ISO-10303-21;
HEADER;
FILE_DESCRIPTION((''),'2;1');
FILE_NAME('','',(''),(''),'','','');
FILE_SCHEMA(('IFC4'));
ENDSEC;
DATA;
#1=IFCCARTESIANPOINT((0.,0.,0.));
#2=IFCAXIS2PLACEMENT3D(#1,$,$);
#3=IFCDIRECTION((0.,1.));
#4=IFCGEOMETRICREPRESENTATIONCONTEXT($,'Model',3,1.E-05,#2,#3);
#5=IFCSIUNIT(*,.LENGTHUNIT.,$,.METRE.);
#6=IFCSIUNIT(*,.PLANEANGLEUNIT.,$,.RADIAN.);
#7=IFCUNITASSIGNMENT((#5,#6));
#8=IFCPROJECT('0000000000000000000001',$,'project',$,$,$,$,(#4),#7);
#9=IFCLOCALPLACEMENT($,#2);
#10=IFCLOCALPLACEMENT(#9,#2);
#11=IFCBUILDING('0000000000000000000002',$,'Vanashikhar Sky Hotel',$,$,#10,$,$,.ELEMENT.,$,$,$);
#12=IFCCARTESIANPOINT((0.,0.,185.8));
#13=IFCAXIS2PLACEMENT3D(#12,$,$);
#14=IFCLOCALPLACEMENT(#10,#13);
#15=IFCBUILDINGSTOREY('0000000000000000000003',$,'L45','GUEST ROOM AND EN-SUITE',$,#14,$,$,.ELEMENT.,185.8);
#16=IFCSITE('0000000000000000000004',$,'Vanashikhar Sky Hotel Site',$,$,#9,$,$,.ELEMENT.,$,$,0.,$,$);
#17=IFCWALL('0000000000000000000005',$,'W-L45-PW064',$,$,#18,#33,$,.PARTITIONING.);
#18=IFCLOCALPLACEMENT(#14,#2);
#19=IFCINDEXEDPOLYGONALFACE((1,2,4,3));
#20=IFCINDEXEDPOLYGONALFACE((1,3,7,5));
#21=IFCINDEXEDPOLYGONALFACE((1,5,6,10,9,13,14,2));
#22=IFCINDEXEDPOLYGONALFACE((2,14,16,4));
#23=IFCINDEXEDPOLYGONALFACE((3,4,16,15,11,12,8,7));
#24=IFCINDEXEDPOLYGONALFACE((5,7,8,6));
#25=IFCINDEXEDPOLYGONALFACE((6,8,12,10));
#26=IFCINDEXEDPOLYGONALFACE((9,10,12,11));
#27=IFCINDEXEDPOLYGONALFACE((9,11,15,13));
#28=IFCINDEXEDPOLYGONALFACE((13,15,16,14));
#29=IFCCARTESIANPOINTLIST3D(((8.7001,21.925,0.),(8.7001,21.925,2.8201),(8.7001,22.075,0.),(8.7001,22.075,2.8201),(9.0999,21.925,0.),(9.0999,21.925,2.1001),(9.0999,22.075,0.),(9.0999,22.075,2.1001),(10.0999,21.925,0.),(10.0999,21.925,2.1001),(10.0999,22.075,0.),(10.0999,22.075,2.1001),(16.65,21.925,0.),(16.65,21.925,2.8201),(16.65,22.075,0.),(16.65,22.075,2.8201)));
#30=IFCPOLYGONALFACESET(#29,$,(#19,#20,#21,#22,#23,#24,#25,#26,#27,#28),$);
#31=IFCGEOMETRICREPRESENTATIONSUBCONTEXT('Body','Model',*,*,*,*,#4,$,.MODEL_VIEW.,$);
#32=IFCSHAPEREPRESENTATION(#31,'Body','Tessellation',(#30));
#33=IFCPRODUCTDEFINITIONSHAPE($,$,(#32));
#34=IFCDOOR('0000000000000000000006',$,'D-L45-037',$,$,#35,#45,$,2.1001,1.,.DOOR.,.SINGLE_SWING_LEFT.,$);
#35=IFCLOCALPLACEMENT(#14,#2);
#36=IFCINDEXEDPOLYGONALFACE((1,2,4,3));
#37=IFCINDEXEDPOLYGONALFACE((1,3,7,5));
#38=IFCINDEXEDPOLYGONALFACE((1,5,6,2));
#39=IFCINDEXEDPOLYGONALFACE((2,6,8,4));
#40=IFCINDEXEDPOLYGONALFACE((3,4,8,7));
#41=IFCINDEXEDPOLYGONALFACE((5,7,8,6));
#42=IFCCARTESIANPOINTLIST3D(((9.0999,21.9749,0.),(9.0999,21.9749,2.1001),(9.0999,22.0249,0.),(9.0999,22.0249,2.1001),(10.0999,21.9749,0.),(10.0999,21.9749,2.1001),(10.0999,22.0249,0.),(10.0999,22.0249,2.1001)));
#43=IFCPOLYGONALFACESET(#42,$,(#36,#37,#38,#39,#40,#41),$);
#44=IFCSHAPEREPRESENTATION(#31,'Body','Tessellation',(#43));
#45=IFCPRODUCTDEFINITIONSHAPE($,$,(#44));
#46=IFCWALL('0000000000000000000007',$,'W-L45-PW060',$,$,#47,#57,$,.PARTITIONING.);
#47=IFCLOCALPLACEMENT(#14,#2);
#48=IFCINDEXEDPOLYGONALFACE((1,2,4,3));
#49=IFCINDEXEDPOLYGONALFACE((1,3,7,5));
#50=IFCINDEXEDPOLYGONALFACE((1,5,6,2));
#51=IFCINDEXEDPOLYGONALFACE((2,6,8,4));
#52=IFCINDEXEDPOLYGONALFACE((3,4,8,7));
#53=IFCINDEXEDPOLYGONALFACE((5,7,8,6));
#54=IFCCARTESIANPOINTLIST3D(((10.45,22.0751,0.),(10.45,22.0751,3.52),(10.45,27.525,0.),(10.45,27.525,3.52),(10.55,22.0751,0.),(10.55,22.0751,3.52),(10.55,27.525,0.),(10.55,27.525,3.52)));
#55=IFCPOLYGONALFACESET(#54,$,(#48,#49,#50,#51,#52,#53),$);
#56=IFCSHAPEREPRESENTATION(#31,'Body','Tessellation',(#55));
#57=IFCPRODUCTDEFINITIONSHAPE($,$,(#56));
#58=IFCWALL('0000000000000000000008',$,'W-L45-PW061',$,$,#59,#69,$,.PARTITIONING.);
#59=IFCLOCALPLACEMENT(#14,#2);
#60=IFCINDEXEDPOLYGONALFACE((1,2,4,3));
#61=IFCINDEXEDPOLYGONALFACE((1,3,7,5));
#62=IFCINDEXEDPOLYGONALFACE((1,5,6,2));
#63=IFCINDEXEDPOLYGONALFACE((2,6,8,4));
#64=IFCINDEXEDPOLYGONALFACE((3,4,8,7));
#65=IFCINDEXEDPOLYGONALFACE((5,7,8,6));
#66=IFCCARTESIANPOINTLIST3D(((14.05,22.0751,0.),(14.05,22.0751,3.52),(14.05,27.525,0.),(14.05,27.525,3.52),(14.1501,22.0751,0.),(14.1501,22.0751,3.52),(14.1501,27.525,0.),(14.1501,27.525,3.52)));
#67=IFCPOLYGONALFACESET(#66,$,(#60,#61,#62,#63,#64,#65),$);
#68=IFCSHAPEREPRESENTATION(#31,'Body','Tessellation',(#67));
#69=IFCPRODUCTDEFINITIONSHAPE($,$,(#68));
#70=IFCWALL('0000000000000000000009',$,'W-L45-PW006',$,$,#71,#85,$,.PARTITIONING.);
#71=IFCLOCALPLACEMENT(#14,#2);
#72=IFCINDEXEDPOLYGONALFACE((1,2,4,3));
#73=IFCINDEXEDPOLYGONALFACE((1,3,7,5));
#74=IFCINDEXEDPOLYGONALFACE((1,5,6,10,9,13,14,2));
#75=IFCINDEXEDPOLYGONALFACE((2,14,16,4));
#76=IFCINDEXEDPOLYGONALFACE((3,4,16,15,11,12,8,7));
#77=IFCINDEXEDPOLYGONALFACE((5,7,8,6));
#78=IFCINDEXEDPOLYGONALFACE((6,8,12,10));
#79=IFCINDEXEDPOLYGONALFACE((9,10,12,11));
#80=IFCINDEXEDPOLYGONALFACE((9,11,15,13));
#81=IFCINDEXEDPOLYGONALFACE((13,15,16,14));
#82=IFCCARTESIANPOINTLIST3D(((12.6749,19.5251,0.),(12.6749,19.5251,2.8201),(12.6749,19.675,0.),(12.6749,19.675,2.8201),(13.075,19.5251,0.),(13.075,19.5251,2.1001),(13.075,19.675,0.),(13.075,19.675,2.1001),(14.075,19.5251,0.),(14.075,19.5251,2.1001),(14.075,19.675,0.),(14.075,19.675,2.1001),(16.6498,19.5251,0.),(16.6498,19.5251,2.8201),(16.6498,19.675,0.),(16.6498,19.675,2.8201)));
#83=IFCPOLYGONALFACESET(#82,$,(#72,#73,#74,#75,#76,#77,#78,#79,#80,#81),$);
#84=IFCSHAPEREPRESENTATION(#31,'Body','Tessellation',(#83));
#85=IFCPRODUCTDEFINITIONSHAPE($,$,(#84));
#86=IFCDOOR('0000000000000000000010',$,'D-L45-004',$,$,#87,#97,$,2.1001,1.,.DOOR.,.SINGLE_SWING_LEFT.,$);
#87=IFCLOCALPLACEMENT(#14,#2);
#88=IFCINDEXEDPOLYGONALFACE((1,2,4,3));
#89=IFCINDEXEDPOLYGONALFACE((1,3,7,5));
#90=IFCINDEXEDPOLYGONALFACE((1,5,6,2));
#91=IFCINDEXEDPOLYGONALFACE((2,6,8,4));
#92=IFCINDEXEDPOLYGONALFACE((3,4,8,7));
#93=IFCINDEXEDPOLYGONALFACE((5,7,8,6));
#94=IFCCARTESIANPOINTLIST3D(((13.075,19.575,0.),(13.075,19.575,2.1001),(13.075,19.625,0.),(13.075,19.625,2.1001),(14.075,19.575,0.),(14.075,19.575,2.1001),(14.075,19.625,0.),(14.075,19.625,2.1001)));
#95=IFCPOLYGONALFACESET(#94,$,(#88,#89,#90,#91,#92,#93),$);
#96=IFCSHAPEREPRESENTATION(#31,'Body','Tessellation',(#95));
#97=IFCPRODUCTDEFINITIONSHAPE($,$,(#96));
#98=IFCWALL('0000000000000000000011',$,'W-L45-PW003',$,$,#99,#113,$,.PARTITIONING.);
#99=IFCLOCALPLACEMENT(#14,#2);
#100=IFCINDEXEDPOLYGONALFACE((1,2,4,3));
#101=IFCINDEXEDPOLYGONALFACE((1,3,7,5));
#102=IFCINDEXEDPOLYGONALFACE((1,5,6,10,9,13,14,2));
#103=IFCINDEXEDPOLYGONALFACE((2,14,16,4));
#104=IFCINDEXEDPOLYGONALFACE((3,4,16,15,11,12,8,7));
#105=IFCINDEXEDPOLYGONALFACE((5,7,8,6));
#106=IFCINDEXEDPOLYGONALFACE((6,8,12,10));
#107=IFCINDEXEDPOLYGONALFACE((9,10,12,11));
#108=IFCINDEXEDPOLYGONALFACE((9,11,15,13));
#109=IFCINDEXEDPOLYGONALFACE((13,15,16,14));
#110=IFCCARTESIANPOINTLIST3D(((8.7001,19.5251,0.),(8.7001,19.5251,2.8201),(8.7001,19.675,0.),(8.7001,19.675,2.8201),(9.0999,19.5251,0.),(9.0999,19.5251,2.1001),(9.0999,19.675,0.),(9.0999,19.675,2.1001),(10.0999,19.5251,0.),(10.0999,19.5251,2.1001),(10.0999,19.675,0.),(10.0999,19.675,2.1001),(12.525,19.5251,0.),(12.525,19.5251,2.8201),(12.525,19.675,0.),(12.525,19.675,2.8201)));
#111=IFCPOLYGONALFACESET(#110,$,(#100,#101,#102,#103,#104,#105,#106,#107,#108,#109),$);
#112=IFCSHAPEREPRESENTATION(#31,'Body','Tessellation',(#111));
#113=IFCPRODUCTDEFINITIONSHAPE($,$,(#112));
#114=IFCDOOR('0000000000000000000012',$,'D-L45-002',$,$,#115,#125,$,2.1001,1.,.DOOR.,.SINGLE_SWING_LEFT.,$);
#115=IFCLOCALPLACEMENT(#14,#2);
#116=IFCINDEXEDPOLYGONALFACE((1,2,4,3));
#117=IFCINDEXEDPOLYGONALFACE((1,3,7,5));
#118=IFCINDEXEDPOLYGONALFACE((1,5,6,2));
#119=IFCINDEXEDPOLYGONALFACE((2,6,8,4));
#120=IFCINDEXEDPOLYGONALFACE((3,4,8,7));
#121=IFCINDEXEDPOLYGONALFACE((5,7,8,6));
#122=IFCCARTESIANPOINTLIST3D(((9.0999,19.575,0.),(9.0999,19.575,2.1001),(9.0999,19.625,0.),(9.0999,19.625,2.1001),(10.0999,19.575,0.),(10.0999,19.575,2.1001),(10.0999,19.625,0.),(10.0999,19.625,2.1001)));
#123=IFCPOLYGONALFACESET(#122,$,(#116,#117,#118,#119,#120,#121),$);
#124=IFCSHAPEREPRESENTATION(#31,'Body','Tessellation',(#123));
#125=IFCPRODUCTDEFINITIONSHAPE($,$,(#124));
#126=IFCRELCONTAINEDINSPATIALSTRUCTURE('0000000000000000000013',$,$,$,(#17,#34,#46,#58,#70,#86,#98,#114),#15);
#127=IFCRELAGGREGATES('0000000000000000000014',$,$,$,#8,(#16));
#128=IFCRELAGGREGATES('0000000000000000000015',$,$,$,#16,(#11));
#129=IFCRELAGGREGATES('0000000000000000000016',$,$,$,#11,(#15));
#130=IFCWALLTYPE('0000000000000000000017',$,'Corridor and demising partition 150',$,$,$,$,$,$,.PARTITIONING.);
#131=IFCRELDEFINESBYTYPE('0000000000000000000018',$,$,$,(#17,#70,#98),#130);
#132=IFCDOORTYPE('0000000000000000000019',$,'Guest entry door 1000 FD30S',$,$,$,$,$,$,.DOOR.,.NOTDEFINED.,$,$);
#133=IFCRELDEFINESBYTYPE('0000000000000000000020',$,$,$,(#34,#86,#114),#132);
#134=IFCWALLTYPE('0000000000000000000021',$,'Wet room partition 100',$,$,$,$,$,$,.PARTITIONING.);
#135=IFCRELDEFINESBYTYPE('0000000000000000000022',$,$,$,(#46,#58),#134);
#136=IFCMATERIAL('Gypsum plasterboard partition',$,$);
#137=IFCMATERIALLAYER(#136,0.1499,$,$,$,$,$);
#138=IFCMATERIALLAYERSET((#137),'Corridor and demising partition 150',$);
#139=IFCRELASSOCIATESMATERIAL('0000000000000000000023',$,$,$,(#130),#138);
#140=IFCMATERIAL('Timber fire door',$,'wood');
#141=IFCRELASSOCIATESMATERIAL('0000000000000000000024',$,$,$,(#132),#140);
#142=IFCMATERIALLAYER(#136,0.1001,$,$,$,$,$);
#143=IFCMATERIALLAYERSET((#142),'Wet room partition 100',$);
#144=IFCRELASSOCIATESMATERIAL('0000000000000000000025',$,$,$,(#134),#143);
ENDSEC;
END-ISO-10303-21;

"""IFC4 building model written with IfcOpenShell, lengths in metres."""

from ifc_helpers import new_model, si_unit, direction, frame, frame_2d, origin, place, context, subcontext, project, spatial, rectangle, extrude, source, transform, mapped, material, layer, layer_set, type_object, element, fill, save


model = new_model("IFC4")

# Units and contexts
model_context = context("Model", 3, precision=1e-05, world=origin(), true_north=direction((0.0, 1.0)))
body_context = subcontext(model_context, "Body", "Model", "MODEL_VIEW")
ifc_project = project(units=[si_unit("LENGTHUNIT", "METRE"), si_unit("PLANEANGLEUNIT", "RADIAN")], contexts=[model_context])

# Site, building, storey
site_placement = place(None, origin())
site = spatial("IfcSite", under=ifc_project, at=site_placement, Name="Vanashikhar Sky Hotel Site", CompositionType="ELEMENT", RefElevation=0.0)
building_placement = place(site_placement, origin())
building = spatial("IfcBuilding", under=site, at=building_placement, Name="Vanashikhar Sky Hotel", CompositionType="ELEMENT")
storey_placement = place(building_placement, frame((0.0, 0.0, 185.8)))
storey = spatial("IfcBuildingStorey", under=building, at=storey_placement, Name="L45", Description="GUEST ROOM AND EN-SUITE", CompositionType="ELEMENT", Elevation=185.8)

# Wall, opening, door
ifc_material_1 = material(Name="Gypsum plasterboard partition")
ifc_layer_1 = layer(ifc_material_1, 0.1499)
ifc_layer_set_1 = layer_set([ifc_layer_1], Name="Corridor and demising partition 150")
wall_type_1 = type_object("IfcWallType", Name="Corridor and demising partition 150", PredefinedType="PARTITIONING", material=ifc_layer_set_1)
shared_shape_1 = source(origin(), body_context, "Body", "SweptSolid", [
    extrude(rectangle(XDim=7.95, YDim=0.1499, at=frame_2d((3.9751, 0.0))), origin(), (0.0, 0.0, 1.0), 2.8201),
])
wall_1_placement = place(storey_placement, frame((8.7, 22.0, 0.0), z_axis=(0.0, 0.0, 1.0), x_axis=(1.0, 0.0, 0.0)))
wall_1 = element("IfcWall", 1, at=wall_1_placement, inside=storey, type_object=wall_type_1, Name="W-L45-PW064", PredefinedType="PARTITIONING", context=body_context, shape_type="MappedRepresentation", body=[
    mapped(shared_shape_1, transform((0.0, 0.0, 0.0), scale=1.0)),
])
shared_shape_2 = source(origin(), body_context, "Body", "SweptSolid", [
    extrude(rectangle(XDim=1.0, YDim=2.1001, at=frame_2d((0.5, 1.05))), frame((0.0, 0.085, 0.0), z_axis=(0.0, -1.0, 0.0), x_axis=(1.0, 0.0, 0.0)), (0.0, 0.0, 1.0), 0.1699),
])
opening_1_placement = place(wall_1_placement, frame((0.3999, 0.0, 0.0)))
opening_1 = element("IfcOpeningElement", 2, at=opening_1_placement, cuts=wall_1, PredefinedType="OPENING", context=body_context, shape_type="MappedRepresentation", body=[
    mapped(shared_shape_2, transform((0.0, 0.0, 0.0), scale=1.0)),
])
ifc_material_2 = material(Name="Timber fire door", Category="wood")
door_type = type_object("IfcDoorType", Name="Guest entry door 1000 FD30S", OperationType="NOTDEFINED", PredefinedType="DOOR", material=ifc_material_2)
shared_shape_3 = source(origin(), body_context, "Body", "SweptSolid", [
    extrude(rectangle(XDim=1.0, YDim=2.1001, at=frame_2d((0.5, 1.05))), frame((0.0, 0.0249, 0.0), z_axis=(0.0, -1.0, 0.0), x_axis=(1.0, 0.0, 0.0)), (0.0, 0.0, 1.0), 0.05),
])
door_1_placement = place(opening_1_placement, origin())
door_1 = element("IfcDoor", 3, at=door_1_placement, inside=storey, type_object=door_type, Name="D-L45-037", OperationType="SINGLE_SWING_LEFT", OverallHeight=2.1001, OverallWidth=1.0, PredefinedType="DOOR", context=body_context, shape_type="MappedRepresentation", body=[
    mapped(shared_shape_3, transform((0.0, 0.0, 0.0), scale=1.0)),
])
fill(opening_1, door_1)

# Walls
ifc_layer_2 = layer(ifc_material_1, 0.1001)
ifc_layer_set_2 = layer_set([ifc_layer_2], Name="Wet room partition 100")
wall_type_2 = type_object("IfcWallType", Name="Wet room partition 100", PredefinedType="PARTITIONING", material=ifc_layer_set_2)
shared_shape_4 = source(origin(), body_context, "Body", "SweptSolid", [
    extrude(rectangle(XDim=5.45, YDim=0.1001, at=frame_2d((2.7251, 0.0))), origin(), (0.0, 0.0, 1.0), 3.52),
])
for number, where, z_axis, x_axis, name in (
    (4, (10.5, 22.075, 0.0), (0.0, 0.0, 1.0), (0.0, 1.0, 0.0), "W-L45-PW060"),
    (5, (14.1001, 22.075, 0.0), (0.0, 0.0, 1.0), (0.0, 1.0, 0.0), "W-L45-PW061"),
):
    element("IfcWall", number, at=place(storey_placement, frame(where, z_axis=z_axis, x_axis=x_axis)), inside=storey, type_object=wall_type_2, Name=name, PredefinedType="PARTITIONING", context=body_context, shape_type="MappedRepresentation", body=[
        mapped(shared_shape_4, transform((0.0, 0.0, 0.0), scale=1.0)),
    ])

# Walls, openings, doors
shared_shape_5 = source(origin(), body_context, "Body", "SweptSolid", [
    extrude(rectangle(XDim=3.9749, YDim=0.1499, at=frame_2d((1.9873, 0.0))), origin(), (0.0, 0.0, 1.0), 2.8201),
])
wall_2_placement = place(storey_placement, frame((12.675, 19.6001, 0.0), z_axis=(0.0, 0.0, 1.0), x_axis=(1.0, 0.0, 0.0)))
wall_2 = element("IfcWall", 6, at=wall_2_placement, inside=storey, type_object=wall_type_1, Name="W-L45-PW006", PredefinedType="PARTITIONING", context=body_context, shape_type="MappedRepresentation", body=[
    mapped(shared_shape_5, transform((0.0, 0.0, 0.0), scale=1.0)),
])
opening_2_placement = place(wall_2_placement, frame((0.3999, 0.0, 0.0)))
opening_2 = element("IfcOpeningElement", 7, at=opening_2_placement, cuts=wall_2, PredefinedType="OPENING", context=body_context, shape_type="MappedRepresentation", body=[
    mapped(shared_shape_2, transform((0.0, 0.0, 0.0), scale=1.0)),
])
door_2_placement = place(opening_2_placement, origin())
door_2 = element("IfcDoor", 8, at=door_2_placement, inside=storey, type_object=door_type, Name="D-L45-004", OperationType="SINGLE_SWING_LEFT", OverallHeight=2.1001, OverallWidth=1.0, PredefinedType="DOOR", context=body_context, shape_type="MappedRepresentation", body=[
    mapped(shared_shape_3, transform((0.0, 0.0, 0.0), scale=1.0)),
])
fill(opening_2, door_2)
shared_shape_6 = source(origin(), body_context, "Body", "SweptSolid", [
    extrude(rectangle(XDim=3.825, YDim=0.1499, at=frame_2d((1.9126, 0.0))), origin(), (0.0, 0.0, 1.0), 2.8201),
])
wall_3_placement = place(storey_placement, frame((8.7, 19.6001, 0.0), z_axis=(0.0, 0.0, 1.0), x_axis=(1.0, 0.0, 0.0)))
wall_3 = element("IfcWall", 9, at=wall_3_placement, inside=storey, type_object=wall_type_1, Name="W-L45-PW003", PredefinedType="PARTITIONING", context=body_context, shape_type="MappedRepresentation", body=[
    mapped(shared_shape_6, transform((0.0, 0.0, 0.0), scale=1.0)),
])
opening_3_placement = place(wall_3_placement, frame((0.3999, 0.0, 0.0)))
opening_3 = element("IfcOpeningElement", 10, at=opening_3_placement, cuts=wall_3, PredefinedType="OPENING", context=body_context, shape_type="MappedRepresentation", body=[
    mapped(shared_shape_2, transform((0.0, 0.0, 0.0), scale=1.0)),
])
door_3_placement = place(opening_3_placement, origin())
door_3 = element("IfcDoor", 11, at=door_3_placement, inside=storey, type_object=door_type, Name="D-L45-002", OperationType="SINGLE_SWING_LEFT", OverallHeight=2.1001, OverallWidth=1.0, PredefinedType="DOOR", context=body_context, shape_type="MappedRepresentation", body=[
    mapped(shared_shape_3, transform((0.0, 0.0, 0.0), scale=1.0)),
])
fill(opening_3, door_3)

save(model, "model.ifc")
